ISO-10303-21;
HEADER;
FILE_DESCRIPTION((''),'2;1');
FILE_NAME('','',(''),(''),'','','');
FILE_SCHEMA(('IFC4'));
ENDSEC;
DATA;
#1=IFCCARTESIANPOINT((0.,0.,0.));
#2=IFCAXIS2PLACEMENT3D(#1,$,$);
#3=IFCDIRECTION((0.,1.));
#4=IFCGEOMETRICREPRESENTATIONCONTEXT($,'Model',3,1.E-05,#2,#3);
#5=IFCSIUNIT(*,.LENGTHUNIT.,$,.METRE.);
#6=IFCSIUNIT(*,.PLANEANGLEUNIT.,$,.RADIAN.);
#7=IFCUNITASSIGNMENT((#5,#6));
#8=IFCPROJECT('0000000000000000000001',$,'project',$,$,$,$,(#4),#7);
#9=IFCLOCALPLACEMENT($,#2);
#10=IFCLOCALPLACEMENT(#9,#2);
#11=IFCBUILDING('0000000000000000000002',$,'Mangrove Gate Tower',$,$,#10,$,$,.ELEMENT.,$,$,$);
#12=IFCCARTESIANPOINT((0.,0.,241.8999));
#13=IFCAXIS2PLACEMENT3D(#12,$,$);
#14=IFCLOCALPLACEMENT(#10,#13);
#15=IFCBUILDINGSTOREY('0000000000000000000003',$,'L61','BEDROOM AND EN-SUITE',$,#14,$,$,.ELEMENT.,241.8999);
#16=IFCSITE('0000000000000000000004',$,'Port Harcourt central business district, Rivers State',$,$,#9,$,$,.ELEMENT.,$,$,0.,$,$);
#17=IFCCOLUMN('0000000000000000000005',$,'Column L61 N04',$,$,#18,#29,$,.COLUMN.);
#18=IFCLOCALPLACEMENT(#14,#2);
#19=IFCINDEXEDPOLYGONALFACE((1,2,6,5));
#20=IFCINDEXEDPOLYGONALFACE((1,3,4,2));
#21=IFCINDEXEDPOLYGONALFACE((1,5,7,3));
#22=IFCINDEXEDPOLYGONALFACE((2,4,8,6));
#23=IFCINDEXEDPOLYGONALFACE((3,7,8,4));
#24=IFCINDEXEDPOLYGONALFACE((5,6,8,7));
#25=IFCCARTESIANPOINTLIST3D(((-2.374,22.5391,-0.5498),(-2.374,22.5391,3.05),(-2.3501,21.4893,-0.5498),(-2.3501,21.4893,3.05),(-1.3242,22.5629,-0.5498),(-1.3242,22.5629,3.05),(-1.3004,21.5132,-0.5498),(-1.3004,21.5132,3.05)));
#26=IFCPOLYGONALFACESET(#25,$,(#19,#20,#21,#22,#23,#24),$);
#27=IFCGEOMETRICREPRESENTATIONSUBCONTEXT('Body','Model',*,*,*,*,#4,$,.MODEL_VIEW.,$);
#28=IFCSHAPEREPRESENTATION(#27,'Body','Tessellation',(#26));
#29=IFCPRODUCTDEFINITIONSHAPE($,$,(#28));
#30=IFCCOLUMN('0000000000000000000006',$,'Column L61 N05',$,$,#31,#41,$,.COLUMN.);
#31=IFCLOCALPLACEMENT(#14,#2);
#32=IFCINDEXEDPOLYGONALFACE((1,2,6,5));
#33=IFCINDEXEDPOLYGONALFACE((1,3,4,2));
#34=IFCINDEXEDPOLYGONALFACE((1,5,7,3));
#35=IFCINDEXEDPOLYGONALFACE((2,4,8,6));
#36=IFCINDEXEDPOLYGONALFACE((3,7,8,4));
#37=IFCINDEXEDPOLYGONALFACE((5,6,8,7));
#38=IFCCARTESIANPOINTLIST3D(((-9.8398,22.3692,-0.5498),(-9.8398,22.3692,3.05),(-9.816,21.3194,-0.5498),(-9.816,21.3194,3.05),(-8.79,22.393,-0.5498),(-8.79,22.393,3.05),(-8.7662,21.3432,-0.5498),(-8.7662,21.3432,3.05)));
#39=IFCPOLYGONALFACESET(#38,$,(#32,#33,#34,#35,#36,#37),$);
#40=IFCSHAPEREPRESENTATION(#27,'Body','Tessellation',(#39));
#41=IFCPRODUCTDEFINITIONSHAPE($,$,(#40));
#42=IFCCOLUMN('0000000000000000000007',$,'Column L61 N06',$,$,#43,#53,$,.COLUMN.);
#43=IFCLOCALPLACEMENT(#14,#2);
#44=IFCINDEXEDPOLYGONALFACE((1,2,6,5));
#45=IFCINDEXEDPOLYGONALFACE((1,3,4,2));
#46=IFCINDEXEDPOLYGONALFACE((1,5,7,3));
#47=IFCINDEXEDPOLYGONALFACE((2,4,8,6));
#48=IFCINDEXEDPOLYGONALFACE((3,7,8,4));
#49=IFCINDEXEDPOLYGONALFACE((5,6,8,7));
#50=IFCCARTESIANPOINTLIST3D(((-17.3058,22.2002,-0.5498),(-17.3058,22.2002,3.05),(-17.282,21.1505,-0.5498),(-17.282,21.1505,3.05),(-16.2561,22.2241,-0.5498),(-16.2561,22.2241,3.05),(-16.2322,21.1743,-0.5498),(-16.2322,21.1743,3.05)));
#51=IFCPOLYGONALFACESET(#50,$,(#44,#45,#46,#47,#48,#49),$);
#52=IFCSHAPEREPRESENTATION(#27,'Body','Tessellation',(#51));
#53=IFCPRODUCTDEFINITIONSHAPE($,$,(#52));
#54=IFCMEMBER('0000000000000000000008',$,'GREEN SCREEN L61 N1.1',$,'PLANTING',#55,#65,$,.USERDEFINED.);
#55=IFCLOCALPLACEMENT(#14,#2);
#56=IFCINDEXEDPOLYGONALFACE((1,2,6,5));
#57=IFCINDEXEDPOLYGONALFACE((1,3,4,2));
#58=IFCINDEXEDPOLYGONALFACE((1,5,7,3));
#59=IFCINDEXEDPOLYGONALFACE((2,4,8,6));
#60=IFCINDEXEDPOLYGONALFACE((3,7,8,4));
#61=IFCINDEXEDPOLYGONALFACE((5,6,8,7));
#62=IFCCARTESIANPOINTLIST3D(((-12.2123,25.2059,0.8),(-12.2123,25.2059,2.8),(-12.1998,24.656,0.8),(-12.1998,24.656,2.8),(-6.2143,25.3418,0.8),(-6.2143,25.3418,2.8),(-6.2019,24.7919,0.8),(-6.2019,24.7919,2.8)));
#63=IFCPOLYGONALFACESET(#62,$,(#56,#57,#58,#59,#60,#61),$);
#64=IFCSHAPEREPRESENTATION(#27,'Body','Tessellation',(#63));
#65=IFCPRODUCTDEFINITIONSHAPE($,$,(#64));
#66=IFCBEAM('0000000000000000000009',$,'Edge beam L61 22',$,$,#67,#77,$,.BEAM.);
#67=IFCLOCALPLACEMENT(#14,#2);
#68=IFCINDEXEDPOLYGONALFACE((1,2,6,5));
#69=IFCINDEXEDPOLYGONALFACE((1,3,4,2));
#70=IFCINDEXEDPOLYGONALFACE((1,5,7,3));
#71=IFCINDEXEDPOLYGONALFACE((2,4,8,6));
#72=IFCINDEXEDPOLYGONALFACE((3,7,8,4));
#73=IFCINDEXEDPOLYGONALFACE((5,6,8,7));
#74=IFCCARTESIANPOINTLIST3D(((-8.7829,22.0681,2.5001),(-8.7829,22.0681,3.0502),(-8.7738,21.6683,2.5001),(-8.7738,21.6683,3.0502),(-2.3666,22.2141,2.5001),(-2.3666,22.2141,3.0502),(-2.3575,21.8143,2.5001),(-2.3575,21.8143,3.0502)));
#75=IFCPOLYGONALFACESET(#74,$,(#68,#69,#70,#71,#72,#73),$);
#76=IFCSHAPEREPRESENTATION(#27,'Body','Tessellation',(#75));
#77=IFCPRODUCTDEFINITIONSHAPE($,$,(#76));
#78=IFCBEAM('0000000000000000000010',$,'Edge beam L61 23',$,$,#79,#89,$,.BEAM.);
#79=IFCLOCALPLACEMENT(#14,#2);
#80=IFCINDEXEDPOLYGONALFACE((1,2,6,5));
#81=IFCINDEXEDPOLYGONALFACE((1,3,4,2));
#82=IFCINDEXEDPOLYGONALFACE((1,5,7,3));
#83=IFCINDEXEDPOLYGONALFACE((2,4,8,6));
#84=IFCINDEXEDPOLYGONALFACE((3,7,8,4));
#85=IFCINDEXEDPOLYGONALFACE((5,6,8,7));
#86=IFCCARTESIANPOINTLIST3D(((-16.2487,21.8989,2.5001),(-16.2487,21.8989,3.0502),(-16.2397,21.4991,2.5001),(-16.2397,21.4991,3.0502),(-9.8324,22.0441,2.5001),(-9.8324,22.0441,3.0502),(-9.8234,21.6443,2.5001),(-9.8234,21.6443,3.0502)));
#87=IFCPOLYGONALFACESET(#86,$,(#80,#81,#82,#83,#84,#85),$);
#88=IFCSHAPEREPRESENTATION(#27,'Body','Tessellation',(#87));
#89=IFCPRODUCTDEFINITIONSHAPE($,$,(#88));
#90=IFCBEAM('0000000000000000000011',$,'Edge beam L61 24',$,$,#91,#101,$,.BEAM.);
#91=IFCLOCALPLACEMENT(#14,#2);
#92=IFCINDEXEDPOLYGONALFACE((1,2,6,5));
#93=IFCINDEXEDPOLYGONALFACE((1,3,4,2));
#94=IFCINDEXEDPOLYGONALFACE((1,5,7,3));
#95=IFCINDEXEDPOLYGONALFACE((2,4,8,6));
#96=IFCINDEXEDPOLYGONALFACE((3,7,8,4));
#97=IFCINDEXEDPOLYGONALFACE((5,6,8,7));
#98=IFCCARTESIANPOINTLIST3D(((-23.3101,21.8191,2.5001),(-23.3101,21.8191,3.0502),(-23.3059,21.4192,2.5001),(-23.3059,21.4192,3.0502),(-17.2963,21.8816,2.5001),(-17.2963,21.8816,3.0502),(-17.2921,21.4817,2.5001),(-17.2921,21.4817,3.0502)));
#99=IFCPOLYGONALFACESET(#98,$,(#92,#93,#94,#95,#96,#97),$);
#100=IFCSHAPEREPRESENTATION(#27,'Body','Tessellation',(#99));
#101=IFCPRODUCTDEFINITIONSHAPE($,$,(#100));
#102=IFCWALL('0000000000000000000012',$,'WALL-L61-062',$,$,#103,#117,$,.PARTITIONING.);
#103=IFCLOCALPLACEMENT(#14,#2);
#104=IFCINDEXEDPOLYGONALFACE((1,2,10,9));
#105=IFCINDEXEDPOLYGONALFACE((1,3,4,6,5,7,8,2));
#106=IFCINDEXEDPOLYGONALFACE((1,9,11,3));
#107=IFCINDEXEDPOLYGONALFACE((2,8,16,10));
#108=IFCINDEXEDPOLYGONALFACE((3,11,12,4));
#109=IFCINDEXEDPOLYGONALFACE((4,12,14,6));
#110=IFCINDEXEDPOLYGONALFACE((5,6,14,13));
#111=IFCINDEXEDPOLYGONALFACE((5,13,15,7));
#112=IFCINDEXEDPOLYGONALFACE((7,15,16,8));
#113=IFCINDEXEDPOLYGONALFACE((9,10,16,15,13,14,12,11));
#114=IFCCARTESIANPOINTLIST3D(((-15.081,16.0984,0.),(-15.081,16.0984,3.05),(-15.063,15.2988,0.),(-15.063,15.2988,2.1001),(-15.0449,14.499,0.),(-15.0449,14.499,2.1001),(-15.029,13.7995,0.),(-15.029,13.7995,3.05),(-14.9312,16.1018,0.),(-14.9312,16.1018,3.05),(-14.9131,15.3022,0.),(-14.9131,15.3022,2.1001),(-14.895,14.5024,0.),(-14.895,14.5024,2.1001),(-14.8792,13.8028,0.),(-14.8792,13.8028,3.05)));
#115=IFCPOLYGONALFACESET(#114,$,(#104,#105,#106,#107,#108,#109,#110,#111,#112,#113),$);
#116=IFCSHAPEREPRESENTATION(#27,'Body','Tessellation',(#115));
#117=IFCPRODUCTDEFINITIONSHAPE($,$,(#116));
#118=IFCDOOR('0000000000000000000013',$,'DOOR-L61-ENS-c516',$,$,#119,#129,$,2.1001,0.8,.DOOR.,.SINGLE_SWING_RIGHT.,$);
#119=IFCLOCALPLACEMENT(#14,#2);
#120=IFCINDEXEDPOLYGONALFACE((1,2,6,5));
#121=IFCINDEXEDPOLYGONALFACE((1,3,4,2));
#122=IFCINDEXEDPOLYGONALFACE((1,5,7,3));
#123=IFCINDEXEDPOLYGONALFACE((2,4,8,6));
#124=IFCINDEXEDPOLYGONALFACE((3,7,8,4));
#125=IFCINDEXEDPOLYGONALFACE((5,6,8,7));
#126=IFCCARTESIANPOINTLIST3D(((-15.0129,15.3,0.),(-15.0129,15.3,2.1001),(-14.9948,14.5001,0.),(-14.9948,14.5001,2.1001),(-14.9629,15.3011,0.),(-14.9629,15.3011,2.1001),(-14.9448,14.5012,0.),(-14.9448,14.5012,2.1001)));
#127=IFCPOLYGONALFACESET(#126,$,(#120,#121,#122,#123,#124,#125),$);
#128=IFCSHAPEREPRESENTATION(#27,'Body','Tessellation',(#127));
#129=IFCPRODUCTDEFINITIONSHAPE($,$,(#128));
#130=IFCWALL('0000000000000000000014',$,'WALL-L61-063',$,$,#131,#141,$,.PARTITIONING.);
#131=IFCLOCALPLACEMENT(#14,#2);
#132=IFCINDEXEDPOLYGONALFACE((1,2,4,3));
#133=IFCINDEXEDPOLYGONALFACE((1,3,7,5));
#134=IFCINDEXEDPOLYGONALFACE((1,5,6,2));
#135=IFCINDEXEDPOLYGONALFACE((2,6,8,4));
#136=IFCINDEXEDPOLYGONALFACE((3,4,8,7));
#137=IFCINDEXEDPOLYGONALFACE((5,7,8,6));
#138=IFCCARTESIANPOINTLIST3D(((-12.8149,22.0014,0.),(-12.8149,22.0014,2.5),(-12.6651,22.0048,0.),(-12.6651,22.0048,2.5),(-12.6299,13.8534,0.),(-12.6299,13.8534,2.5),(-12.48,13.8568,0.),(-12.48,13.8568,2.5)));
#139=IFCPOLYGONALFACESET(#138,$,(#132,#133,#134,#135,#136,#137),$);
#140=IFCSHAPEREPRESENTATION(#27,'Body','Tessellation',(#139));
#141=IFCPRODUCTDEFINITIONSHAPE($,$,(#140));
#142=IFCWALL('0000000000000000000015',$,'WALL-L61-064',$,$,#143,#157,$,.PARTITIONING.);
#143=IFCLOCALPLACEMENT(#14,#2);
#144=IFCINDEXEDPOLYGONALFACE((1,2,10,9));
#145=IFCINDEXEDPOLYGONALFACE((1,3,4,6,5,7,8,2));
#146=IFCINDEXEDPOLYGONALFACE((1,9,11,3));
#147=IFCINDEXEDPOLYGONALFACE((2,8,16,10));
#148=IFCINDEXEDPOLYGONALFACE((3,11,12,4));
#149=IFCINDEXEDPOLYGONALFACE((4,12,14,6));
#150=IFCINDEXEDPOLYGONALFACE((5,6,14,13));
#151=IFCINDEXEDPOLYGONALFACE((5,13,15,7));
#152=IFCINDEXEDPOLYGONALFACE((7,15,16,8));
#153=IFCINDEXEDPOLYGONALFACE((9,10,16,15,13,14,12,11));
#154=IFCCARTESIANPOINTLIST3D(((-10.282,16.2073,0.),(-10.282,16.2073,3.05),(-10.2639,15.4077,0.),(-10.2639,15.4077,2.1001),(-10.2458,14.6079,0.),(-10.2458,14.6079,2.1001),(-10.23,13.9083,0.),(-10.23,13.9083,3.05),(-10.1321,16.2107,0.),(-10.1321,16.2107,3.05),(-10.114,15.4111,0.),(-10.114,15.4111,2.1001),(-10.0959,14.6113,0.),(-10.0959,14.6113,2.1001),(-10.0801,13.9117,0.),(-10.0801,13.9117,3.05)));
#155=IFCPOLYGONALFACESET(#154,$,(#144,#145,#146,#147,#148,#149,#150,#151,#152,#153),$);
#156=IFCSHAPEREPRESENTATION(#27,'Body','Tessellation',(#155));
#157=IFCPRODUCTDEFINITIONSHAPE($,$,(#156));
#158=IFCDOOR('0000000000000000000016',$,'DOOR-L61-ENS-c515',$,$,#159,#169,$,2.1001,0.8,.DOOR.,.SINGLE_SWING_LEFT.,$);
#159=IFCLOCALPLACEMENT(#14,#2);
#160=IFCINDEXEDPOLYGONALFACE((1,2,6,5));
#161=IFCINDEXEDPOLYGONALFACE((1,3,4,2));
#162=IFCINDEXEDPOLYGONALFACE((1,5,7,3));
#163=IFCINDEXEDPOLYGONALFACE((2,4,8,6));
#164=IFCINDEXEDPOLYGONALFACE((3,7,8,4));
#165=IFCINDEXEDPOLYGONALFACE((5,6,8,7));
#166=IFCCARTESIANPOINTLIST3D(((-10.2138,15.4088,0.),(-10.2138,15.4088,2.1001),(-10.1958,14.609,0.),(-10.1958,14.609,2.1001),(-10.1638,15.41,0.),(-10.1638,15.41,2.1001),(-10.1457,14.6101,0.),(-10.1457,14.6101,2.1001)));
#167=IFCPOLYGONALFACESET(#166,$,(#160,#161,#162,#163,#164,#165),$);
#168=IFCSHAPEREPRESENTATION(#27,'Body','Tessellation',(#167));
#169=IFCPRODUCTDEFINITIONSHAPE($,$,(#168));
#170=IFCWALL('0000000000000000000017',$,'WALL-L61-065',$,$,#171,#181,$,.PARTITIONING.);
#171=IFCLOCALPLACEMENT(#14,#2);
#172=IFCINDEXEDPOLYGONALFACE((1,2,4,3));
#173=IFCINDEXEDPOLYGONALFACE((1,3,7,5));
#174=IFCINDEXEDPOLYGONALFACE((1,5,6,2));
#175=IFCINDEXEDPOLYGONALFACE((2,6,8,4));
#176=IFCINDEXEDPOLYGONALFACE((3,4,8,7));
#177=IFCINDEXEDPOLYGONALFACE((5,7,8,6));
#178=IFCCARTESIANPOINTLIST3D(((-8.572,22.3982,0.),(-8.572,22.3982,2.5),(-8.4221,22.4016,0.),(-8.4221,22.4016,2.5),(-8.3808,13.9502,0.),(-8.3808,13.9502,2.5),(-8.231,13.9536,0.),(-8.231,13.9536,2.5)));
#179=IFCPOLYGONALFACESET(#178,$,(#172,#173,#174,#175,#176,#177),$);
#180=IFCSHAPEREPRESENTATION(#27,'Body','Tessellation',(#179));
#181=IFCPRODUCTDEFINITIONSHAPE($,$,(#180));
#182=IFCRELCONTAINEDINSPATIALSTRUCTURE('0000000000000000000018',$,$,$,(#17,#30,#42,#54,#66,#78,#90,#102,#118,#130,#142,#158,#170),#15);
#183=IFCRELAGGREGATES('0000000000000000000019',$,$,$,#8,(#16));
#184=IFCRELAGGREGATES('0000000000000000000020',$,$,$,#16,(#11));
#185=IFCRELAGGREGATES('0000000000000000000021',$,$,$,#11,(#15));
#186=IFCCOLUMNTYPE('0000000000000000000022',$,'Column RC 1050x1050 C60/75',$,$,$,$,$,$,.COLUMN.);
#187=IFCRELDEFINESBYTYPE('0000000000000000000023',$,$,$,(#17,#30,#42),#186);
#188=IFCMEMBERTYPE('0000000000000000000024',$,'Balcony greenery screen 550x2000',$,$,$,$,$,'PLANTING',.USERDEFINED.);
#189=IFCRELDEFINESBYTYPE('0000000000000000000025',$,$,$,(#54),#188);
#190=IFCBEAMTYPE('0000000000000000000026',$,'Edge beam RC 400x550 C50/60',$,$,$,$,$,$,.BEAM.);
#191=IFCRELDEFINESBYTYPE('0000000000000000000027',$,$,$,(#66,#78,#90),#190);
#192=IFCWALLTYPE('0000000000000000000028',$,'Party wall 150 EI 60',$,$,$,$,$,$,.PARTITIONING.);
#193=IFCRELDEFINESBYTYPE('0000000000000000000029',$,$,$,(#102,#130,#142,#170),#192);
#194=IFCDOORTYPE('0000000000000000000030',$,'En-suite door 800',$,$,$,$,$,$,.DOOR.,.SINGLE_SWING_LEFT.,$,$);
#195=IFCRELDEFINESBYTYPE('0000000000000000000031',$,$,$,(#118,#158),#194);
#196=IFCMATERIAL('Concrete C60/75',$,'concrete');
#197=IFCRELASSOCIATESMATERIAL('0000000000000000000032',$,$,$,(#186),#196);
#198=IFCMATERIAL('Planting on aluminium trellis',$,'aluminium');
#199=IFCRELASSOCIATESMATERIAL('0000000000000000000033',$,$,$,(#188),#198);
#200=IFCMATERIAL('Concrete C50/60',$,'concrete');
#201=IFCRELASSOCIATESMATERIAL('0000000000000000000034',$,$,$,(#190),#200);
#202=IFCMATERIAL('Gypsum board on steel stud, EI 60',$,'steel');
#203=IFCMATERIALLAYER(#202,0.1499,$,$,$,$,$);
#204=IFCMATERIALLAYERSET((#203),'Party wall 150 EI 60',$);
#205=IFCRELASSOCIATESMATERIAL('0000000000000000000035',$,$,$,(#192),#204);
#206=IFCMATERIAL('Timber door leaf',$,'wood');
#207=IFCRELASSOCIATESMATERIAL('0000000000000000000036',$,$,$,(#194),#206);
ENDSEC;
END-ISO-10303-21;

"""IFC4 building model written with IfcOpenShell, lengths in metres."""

from ifc_helpers import new_model, si_unit, direction, frame, frame_2d, origin, origin_2d, place, context, subcontext, project, spatial, rectangle, extrude, material, layer, layer_set, material_profile, profile_set, type_object, element, fill, save


model = new_model("IFC4")

# Units and contexts
model_context = context("Model", 3, precision=1e-05, world=origin(), true_north=direction((0.0, 1.0)))
body_context = subcontext(model_context, "Body", "Model", "MODEL_VIEW")
ifc_project = project(units=[si_unit("LENGTHUNIT", "METRE"), si_unit("PLANEANGLEUNIT", "RADIAN")], contexts=[model_context])

# Site, building, storey
site_placement = place(None, origin())
site = spatial("IfcSite", under=ifc_project, at=site_placement, Name="Port Harcourt central business district, Rivers State", CompositionType="ELEMENT", RefElevation=0.0)
building_placement = place(site_placement, origin())
building = spatial("IfcBuilding", under=site, at=building_placement, Name="Mangrove Gate Tower", CompositionType="ELEMENT")
storey_placement = place(building_placement, frame((0.0, 0.0, 241.8999)))
storey = spatial("IfcBuildingStorey", under=building, at=storey_placement, Name="L61", Description="BEDROOM AND EN-SUITE", CompositionType="ELEMENT", Elevation=241.8999)

# Columns
ifc_material_1 = material(Name="Concrete C60/75", Category="concrete")
ifc_material_profile_1 = material_profile(ifc_material_1, rectangle(XDim=1.05, YDim=1.05, at=origin_2d()))
ifc_profile_set_1 = profile_set([ifc_material_profile_1], Name="Concrete C60/75")
column_type = type_object("IfcColumnType", Name="Column RC 1050x1050 C60/75", PredefinedType="COLUMN", material=ifc_profile_set_1)
for number, where, z_axis, x_axis, name in (
    (1, (-1.8372, 22.0261, -0.5498), (0.0, 0.0, 1.0), (-0.999742, -0.022697, 0.0), "Column L61 N04"),
    (2, (-9.303, 21.8562, -0.5498), (0.0, 0.0, 1.0), (-0.999742, -0.022697, 0.0), "Column L61 N05"),
    (3, (-16.769, 21.6873, -0.5498), (0.0, 0.0, 1.0), (-0.999742, -0.022697, 0.0), "Column L61 N06"),
):
    element("IfcColumn", number, at=place(storey_placement, frame(where, z_axis=z_axis, x_axis=x_axis)), inside=storey, type_object=column_type, Name=name, PredefinedType="COLUMN", context=body_context, shape_type="SweptSolid", body=[
        extrude(rectangle(XDim=1.05, YDim=1.05, at=origin_2d()), origin(), (0.0, 0.0, 1.0), 3.5999),
    ])

# Member
ifc_material_2 = material(Name="Planting on aluminium trellis", Category="aluminium")
ifc_material_profile_2 = material_profile(ifc_material_2, rectangle(XDim=0.55, YDim=2.0, at=origin_2d()))
ifc_profile_set_2 = profile_set([ifc_material_profile_2], Name="Planting on aluminium trellis")
member_type = type_object("IfcMemberType", Name="Balcony greenery screen 550x2000", ElementType="PLANTING", PredefinedType="USERDEFINED", material=ifc_profile_set_2)
member_placement = place(storey_placement, frame((-12.2061, 24.9309, 1.8), z_axis=(0.999743, 0.022666, 0.0), x_axis=(-0.022666, 0.999743, 0.0)))
element("IfcMember", 4, at=member_placement, inside=storey, type_object=member_type, Name="GREEN SCREEN L61 N1.1", ObjectType="PLANTING", PredefinedType="USERDEFINED", context=body_context, shape_type="SweptSolid", body=[
    extrude(rectangle(XDim=0.55, YDim=2.0, at=origin_2d()), origin(), (0.0, 0.0, 1.0), 5.9995),
])

# Beams
ifc_material_3 = material(Name="Concrete C50/60", Category="concrete")
ifc_material_profile_3 = material_profile(ifc_material_3, rectangle(XDim=0.3999, YDim=0.55, at=origin_2d()))
ifc_profile_set_3 = profile_set([ifc_material_profile_3], Name="Concrete C50/60")
beam_type = type_object("IfcBeamType", Name="Edge beam RC 400x550 C50/60", PredefinedType="BEAM", material=ifc_profile_set_3)
for number, where, z_axis, x_axis, name in (
    (5, (-2.3621, 22.0142, 2.7751), (-0.999741, -0.022748, 0.0), (0.022748, -0.999741, 0.0), "Edge beam L61 22"),
    (6, (-9.8279, 21.8442, 2.7751), (-0.999744, -0.022634, 0.0), (0.022634, -0.999744, 0.0), "Edge beam L61 23"),
):
    element("IfcBeam", number, at=place(storey_placement, frame(where, z_axis=z_axis, x_axis=x_axis)), inside=storey, type_object=beam_type, Name=name, PredefinedType="BEAM", context=body_context, shape_type="SweptSolid", body=[
        extrude(rectangle(XDim=0.3999, YDim=0.55, at=origin_2d()), origin(), (0.0, 0.0, 1.0), 6.418),
    ])
beam_placement = place(storey_placement, frame((-17.2942, 21.6816, 2.7751), z_axis=(-0.999946, -0.010392, 0.0), x_axis=(0.010392, -0.999946, 0.0)))
element("IfcBeam", 7, at=beam_placement, inside=storey, type_object=beam_type, Name="Edge beam L61 24", PredefinedType="BEAM", context=body_context, shape_type="SweptSolid", body=[
    extrude(rectangle(XDim=0.3999, YDim=0.55, at=origin_2d()), origin(), (0.0, 0.0, 1.0), 6.0142),
])

# Wall, opening, door
ifc_material_4 = material(Name="Gypsum board on steel stud, EI 60", Category="steel")
ifc_layer_1 = layer(ifc_material_4, 0.1499)
ifc_layer_set_1 = layer_set([ifc_layer_1], Name="Party wall 150 EI 60")
wall_type_1 = type_object("IfcWallType", Name="Party wall 150 EI 60", PredefinedType="PARTITIONING", material=ifc_layer_set_1)
wall_1_placement = place(storey_placement, frame((-14.9541, 13.801, 0.0), z_axis=(0.0, 0.0, 1.0), x_axis=(-0.022613, 0.999744, 0.0)))
wall_1 = element("IfcWall", 8, at=wall_1_placement, inside=storey, type_object=wall_type_1, Name="WALL-L61-062", PredefinedType="PARTITIONING", context=body_context, shape_type="SweptSolid", body=[
    extrude(rectangle(XDim=2.2996, YDim=0.1499, at=frame_2d((1.1499, 0.0))), origin(), (0.0, 0.0, 1.0), 3.05),
])
opening_1_placement = place(wall_1_placement, frame((0.7, 0.0, 0.0)))
opening_1 = element("IfcOpeningElement", 9, at=opening_1_placement, cuts=wall_1, PredefinedType="OPENING", context=body_context, shape_type="SweptSolid", body=[
    extrude(rectangle(XDim=0.8, YDim=2.1001, at=frame_2d((0.3999, 1.05))), frame((0.0, 0.085, 0.0), z_axis=(0.0, -1.0, 0.0), x_axis=(1.0, 0.0, 0.0)), (0.0, 0.0, 1.0), 0.1699),
])
ifc_material_5 = material(Name="Timber door leaf", Category="wood")
door_type = type_object("IfcDoorType", Name="En-suite door 800", OperationType="SINGLE_SWING_LEFT", PredefinedType="DOOR", material=ifc_material_5)
door_1_placement = place(opening_1_placement, origin())
door_1 = element("IfcDoor", 10, at=door_1_placement, inside=storey, type_object=door_type, Name="DOOR-L61-ENS-c516", OperationType="SINGLE_SWING_RIGHT", OverallHeight=2.1001, OverallWidth=0.8, PredefinedType="DOOR", context=body_context, shape_type="SweptSolid", body=[
    extrude(rectangle(XDim=0.8, YDim=2.1001, at=frame_2d((0.3999, 1.05))), frame((0.0, 0.0249, 0.0), z_axis=(0.0, -1.0, 0.0), x_axis=(1.0, 0.0, 0.0)), (0.0, 0.0, 1.0), 0.05),
])
fill(opening_1, door_1)

# Wall
wall_2_placement = place(storey_placement, frame((-12.5549, 13.855, 0.0), z_axis=(0.0, 0.0, 1.0), x_axis=(-0.022706, 0.999742, 0.0)))
element("IfcWall", 11, at=wall_2_placement, inside=storey, type_object=wall_type_1, Name="WALL-L61-063", PredefinedType="PARTITIONING", context=body_context, shape_type="SweptSolid", body=[
    extrude(rectangle(XDim=8.1501, YDim=0.1499, at=frame_2d((4.0752, 0.0))), origin(), (0.0, 0.0, 1.0), 2.5),
])

# Wall, opening, door
wall_3_placement = place(storey_placement, frame((-10.155, 13.9099, 0.0), z_axis=(0.0, 0.0, 1.0), x_axis=(-0.022613, 0.999744, 0.0)))
wall_3 = element("IfcWall", 12, at=wall_3_placement, inside=storey, type_object=wall_type_1, Name="WALL-L61-064", PredefinedType="PARTITIONING", context=body_context, shape_type="SweptSolid", body=[
    extrude(rectangle(XDim=2.2996, YDim=0.1499, at=frame_2d((1.1499, 0.0))), origin(), (0.0, 0.0, 1.0), 3.05),
])
opening_2_placement = place(wall_3_placement, frame((0.7, 0.0, 0.0)))
opening_2 = element("IfcOpeningElement", 13, at=opening_2_placement, cuts=wall_3, PredefinedType="OPENING", context=body_context, shape_type="SweptSolid", body=[
    extrude(rectangle(XDim=0.8, YDim=2.1001, at=frame_2d((0.3999, 1.05))), frame((0.0, 0.085, 0.0), z_axis=(0.0, -1.0, 0.0), x_axis=(1.0, 0.0, 0.0)), (0.0, 0.0, 1.0), 0.1699),
])
door_2_placement = place(opening_2_placement, origin())
door_2 = element("IfcDoor", 14, at=door_2_placement, inside=storey, type_object=door_type, Name="DOOR-L61-ENS-c515", OperationType="SINGLE_SWING_LEFT", OverallHeight=2.1001, OverallWidth=0.8, PredefinedType="DOOR", context=body_context, shape_type="SweptSolid", body=[
    extrude(rectangle(XDim=0.8, YDim=2.1001, at=frame_2d((0.3999, 1.05))), frame((0.0, 0.0249, 0.0), z_axis=(0.0, -1.0, 0.0), x_axis=(1.0, 0.0, 0.0)), (0.0, 0.0, 1.0), 0.05),
])
fill(opening_2, door_2)

# Wall
wall_4_placement = place(storey_placement, frame((-8.3059, 13.9519, 0.0), z_axis=(0.0, 0.0, 1.0), x_axis=(-0.022622, 0.999744, 0.0)))
element("IfcWall", 15, at=wall_4_placement, inside=storey, type_object=wall_type_1, Name="WALL-L61-065", PredefinedType="PARTITIONING", context=body_context, shape_type="SweptSolid", body=[
    extrude(rectangle(XDim=8.4502, YDim=0.1499, at=frame_2d((4.2251, 0.0))), origin(), (0.0, 0.0, 1.0), 2.5),
])

save(model, "model.ifc")
